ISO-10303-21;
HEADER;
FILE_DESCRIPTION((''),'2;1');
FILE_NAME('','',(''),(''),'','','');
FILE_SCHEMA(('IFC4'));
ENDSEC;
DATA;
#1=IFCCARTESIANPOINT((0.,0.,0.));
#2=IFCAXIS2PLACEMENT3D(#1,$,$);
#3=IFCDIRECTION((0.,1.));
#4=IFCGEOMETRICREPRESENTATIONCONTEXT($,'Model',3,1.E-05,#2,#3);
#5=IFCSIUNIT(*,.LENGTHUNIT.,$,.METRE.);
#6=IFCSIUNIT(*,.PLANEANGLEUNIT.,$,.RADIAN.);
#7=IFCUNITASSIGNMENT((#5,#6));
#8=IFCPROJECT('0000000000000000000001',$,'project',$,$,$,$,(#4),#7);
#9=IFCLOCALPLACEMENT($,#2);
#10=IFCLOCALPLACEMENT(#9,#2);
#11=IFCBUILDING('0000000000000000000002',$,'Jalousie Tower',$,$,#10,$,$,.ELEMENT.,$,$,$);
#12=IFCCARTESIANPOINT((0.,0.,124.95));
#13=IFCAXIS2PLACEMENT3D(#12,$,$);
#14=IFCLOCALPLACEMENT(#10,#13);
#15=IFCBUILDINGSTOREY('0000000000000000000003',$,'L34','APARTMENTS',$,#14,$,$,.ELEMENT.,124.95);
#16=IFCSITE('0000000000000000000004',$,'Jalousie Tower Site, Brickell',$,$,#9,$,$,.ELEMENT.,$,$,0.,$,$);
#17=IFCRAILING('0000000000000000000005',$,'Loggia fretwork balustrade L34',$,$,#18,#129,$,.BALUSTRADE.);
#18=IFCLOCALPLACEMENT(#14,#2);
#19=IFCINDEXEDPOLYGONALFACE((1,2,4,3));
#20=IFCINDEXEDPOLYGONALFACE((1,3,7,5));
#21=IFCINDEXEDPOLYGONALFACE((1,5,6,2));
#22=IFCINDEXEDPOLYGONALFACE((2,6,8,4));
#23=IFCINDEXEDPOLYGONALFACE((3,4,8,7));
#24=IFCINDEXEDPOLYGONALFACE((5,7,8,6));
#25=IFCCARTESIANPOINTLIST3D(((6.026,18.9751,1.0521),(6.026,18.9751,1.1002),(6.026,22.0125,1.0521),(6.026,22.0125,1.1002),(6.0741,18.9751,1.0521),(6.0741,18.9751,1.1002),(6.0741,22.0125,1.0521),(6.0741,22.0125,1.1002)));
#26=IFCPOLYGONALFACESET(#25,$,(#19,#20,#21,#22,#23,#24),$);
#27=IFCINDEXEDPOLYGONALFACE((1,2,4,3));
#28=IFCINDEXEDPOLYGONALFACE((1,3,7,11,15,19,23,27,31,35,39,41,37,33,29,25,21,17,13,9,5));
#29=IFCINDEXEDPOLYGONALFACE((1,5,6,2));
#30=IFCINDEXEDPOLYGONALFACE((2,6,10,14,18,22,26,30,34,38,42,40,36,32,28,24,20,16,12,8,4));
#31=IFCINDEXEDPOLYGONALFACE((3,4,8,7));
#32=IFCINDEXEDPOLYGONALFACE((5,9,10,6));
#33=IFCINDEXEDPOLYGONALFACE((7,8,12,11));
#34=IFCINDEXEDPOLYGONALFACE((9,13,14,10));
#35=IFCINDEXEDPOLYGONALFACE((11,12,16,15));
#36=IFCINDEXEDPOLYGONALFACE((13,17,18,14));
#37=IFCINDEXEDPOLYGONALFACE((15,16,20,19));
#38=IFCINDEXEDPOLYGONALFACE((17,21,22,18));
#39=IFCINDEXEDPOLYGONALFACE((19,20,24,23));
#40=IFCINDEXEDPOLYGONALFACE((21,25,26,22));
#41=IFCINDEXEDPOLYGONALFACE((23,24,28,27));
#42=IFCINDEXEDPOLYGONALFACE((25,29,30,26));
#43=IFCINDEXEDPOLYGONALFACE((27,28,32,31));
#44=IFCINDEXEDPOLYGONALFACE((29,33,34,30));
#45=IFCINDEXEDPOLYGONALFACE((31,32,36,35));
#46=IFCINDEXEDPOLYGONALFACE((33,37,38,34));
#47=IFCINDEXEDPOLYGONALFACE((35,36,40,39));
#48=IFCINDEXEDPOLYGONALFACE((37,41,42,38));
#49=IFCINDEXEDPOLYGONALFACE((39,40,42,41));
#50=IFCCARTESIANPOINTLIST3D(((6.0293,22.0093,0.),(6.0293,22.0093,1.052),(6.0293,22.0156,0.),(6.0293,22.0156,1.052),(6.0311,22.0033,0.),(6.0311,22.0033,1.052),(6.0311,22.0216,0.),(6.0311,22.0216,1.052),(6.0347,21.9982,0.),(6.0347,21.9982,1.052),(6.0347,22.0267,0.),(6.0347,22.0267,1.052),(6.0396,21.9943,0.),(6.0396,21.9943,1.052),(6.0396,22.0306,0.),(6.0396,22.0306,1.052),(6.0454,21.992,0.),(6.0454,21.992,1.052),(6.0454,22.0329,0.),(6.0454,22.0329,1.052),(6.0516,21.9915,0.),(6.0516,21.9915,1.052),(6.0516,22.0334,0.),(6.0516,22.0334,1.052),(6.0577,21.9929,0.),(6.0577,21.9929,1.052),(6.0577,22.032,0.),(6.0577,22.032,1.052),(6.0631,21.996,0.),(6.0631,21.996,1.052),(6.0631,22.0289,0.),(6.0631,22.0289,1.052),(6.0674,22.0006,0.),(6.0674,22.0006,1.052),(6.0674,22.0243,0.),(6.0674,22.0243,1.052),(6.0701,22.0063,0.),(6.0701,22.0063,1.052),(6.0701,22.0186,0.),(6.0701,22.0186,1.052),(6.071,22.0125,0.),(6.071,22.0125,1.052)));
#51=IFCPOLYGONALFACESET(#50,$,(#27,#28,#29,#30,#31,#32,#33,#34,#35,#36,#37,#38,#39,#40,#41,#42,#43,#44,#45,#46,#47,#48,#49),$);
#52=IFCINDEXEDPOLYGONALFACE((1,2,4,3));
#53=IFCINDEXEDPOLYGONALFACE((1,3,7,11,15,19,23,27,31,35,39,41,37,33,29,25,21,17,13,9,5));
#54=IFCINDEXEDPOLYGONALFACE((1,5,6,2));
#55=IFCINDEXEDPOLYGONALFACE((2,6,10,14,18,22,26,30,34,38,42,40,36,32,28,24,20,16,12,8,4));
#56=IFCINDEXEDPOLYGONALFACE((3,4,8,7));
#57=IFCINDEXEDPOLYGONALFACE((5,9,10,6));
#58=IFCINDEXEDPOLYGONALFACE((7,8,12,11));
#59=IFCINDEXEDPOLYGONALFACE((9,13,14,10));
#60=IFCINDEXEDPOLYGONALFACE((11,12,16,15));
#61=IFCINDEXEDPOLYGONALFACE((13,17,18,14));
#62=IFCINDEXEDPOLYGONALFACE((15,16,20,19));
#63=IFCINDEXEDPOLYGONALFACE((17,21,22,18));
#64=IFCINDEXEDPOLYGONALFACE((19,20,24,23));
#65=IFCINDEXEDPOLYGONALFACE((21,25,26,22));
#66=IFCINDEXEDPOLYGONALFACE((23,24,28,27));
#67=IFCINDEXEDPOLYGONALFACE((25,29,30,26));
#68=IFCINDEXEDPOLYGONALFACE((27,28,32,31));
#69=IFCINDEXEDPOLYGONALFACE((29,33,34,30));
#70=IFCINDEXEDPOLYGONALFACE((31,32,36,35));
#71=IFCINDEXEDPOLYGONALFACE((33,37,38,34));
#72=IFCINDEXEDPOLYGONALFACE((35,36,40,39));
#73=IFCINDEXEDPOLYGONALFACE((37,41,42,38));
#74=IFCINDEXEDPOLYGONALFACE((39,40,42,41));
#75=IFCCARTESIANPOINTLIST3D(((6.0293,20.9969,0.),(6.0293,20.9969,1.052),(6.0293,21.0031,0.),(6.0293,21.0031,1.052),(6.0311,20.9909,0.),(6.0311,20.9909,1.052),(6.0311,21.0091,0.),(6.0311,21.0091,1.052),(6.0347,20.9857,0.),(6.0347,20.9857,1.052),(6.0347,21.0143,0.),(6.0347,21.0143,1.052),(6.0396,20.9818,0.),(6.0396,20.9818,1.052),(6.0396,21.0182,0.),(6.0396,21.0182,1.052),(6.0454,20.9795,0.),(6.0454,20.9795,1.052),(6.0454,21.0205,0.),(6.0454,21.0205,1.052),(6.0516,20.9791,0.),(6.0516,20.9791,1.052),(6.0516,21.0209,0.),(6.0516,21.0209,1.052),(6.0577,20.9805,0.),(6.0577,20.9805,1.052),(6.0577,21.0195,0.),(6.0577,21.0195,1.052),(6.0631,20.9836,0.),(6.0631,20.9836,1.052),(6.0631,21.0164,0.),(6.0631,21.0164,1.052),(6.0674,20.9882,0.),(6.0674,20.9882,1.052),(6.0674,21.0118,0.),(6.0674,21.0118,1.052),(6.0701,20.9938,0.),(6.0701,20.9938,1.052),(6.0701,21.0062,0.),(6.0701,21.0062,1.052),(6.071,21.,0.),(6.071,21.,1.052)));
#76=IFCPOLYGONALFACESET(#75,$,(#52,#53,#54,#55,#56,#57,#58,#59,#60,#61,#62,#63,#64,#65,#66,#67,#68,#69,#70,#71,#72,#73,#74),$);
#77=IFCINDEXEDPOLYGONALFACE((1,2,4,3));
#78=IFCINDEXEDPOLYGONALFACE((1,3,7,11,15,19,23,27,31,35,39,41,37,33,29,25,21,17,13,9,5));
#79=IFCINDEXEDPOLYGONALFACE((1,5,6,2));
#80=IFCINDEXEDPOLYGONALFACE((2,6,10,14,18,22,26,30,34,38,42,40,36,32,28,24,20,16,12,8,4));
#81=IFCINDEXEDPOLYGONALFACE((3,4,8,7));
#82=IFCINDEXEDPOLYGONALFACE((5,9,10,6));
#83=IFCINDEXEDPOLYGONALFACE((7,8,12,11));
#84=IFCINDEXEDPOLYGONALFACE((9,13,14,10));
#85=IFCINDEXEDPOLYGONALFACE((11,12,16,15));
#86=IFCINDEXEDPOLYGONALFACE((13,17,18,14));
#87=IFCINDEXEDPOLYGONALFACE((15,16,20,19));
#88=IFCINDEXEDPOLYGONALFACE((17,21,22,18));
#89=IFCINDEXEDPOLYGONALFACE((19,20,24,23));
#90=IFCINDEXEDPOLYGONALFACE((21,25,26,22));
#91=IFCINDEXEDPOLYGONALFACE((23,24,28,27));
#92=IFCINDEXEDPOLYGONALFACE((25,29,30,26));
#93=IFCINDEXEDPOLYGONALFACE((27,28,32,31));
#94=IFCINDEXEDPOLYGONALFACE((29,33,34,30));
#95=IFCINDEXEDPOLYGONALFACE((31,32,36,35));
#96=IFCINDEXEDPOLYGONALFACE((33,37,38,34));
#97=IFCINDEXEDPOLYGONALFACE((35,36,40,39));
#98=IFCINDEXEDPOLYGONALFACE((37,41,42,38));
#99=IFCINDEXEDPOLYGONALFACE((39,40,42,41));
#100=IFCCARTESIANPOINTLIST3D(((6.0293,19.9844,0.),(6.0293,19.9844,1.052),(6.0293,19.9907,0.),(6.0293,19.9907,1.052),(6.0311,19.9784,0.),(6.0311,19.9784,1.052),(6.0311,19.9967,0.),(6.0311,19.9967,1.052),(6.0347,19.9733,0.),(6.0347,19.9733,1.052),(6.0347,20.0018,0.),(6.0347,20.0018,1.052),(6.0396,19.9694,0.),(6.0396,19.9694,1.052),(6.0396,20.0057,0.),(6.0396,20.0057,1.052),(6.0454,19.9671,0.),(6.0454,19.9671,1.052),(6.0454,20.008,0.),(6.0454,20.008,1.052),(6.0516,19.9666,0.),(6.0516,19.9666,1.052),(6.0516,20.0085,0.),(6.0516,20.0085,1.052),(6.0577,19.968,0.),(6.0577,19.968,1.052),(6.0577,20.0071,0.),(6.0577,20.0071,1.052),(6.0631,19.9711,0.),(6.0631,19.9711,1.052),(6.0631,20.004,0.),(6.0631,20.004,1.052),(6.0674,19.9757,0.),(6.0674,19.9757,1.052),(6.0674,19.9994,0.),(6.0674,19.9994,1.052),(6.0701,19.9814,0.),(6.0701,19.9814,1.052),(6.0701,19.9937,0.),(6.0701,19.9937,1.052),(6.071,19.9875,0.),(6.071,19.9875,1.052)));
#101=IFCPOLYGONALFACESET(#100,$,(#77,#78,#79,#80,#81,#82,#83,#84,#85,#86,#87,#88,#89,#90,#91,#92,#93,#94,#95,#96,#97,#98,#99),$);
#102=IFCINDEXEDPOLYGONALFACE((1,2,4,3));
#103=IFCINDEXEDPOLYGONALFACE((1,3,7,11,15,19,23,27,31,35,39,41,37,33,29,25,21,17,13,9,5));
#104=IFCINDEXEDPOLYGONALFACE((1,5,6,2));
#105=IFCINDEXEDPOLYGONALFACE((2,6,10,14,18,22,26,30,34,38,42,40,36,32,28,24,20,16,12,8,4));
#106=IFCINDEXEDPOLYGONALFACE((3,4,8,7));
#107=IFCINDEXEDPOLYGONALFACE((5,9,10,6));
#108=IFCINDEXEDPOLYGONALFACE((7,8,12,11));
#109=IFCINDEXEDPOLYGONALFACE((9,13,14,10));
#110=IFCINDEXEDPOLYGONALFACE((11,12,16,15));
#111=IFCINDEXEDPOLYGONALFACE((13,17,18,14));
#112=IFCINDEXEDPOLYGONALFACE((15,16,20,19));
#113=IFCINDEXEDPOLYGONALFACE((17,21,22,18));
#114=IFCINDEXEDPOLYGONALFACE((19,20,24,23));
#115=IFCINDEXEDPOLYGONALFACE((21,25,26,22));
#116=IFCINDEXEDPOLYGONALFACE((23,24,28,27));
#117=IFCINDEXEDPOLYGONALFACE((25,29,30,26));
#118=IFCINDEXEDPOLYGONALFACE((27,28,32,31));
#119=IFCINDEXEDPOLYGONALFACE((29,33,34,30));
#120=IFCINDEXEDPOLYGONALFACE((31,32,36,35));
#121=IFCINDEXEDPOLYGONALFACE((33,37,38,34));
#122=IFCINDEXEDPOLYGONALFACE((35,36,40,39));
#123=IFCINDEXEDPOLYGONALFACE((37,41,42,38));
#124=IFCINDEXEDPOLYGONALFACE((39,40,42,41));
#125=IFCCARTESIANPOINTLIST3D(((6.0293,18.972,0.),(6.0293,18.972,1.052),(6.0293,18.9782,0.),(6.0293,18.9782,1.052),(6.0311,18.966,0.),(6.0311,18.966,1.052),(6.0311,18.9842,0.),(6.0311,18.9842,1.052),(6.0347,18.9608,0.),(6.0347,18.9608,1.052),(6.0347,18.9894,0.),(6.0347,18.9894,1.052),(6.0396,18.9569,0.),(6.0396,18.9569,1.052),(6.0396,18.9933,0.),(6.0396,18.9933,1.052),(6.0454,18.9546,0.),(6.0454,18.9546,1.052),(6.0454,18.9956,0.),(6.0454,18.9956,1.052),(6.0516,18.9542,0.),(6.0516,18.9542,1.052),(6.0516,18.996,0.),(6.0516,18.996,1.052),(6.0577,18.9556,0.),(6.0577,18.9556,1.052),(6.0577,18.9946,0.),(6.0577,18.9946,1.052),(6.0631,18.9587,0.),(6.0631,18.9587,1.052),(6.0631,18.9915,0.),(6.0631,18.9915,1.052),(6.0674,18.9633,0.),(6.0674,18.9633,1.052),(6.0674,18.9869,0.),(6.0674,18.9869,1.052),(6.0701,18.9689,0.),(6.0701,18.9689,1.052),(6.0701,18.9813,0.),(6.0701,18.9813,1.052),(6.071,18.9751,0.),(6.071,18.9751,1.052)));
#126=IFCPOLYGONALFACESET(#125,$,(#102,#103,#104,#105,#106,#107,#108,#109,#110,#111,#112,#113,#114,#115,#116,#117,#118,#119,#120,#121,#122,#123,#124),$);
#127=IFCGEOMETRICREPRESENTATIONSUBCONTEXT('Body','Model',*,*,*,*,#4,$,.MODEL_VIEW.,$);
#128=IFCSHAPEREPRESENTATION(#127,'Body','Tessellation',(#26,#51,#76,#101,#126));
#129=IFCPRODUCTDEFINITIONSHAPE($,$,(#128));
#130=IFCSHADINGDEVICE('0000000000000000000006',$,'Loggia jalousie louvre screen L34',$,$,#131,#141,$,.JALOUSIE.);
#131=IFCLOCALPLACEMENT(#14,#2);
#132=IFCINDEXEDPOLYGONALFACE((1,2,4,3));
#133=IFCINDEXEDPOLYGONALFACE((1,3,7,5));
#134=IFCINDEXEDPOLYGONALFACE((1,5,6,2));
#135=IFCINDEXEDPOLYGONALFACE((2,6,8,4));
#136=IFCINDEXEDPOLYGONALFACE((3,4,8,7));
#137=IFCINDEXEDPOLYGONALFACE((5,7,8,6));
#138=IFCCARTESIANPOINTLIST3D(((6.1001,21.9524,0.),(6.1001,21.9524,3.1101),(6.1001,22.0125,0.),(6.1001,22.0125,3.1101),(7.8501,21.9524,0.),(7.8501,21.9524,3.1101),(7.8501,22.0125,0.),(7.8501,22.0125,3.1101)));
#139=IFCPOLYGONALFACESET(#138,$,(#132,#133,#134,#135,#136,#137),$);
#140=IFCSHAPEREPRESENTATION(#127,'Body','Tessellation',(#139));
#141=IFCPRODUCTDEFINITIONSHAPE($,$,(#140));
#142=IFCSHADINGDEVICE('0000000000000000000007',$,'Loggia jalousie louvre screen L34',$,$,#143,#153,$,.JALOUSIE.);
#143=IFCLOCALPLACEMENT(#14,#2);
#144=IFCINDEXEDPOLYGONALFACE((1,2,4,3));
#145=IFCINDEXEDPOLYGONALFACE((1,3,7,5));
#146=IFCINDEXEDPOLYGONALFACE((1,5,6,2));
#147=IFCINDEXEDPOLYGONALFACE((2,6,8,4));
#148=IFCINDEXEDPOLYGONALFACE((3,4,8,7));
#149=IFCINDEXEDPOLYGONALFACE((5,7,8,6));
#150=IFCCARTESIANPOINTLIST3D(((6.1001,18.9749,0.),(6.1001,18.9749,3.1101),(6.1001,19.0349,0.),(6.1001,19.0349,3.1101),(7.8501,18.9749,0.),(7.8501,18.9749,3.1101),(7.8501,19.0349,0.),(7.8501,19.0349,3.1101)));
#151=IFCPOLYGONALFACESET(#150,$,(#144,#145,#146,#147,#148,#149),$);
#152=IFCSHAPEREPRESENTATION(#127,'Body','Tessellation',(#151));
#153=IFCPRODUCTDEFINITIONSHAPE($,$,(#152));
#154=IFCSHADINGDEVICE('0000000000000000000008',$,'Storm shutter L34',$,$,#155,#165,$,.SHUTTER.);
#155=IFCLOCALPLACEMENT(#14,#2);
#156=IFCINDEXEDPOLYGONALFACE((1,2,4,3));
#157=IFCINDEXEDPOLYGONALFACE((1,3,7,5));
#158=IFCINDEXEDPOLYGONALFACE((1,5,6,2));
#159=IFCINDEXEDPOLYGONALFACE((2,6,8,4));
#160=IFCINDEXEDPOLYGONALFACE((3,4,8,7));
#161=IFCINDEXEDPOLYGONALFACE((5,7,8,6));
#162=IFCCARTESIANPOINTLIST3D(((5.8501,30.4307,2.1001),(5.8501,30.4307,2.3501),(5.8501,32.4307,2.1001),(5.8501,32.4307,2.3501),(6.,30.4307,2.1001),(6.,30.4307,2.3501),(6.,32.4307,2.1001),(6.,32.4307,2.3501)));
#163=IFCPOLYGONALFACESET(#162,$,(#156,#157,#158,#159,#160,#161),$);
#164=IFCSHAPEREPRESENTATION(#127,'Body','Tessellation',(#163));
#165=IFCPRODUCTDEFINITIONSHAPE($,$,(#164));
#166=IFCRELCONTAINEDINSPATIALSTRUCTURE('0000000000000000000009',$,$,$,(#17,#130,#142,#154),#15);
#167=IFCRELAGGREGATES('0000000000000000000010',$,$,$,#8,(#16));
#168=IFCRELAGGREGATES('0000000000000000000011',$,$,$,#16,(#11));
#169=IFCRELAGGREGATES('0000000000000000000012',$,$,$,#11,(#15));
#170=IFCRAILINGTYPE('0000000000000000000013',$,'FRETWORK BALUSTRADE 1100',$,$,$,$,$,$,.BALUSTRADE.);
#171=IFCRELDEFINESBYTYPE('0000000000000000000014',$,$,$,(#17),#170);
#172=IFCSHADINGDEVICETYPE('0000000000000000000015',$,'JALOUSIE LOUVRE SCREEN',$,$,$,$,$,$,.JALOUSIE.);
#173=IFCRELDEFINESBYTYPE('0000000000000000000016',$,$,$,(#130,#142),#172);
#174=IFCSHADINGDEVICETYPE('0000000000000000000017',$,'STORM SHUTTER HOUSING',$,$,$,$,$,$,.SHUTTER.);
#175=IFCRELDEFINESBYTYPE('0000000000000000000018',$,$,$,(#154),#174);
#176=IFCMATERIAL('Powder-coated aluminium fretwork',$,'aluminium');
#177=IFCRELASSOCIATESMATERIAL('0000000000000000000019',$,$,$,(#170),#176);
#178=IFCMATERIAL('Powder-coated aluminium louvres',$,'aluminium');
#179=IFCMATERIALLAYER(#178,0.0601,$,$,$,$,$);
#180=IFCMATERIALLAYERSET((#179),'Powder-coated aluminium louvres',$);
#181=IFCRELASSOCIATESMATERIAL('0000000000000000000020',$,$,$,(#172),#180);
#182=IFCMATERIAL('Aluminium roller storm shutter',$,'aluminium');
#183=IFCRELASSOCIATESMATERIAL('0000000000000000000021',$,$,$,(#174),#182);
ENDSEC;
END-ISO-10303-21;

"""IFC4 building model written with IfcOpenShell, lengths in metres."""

from ifc_helpers import new_model, si_unit, direction, frame, origin, origin_2d, place, context, subcontext, project, spatial, rectangle, circle, extrude, material, layer, layer_set, type_object, element, save


model = new_model("IFC4")

# Units and contexts
model_context = context("Model", 3, precision=1e-05, world=origin(), true_north=direction((0.0, 1.0)))
body_context = subcontext(model_context, "Body", "Model", "MODEL_VIEW")
ifc_project = project(units=[si_unit("LENGTHUNIT", "METRE"), si_unit("PLANEANGLEUNIT", "RADIAN")], contexts=[model_context])

# Site, building, storey
site_placement = place(None, origin())
site = spatial("IfcSite", under=ifc_project, at=site_placement, Name="Jalousie Tower Site, Brickell", CompositionType="ELEMENT", RefElevation=0.0)
building_placement = place(site_placement, origin())
building = spatial("IfcBuilding", under=site, at=building_placement, Name="Jalousie Tower", CompositionType="ELEMENT")
storey_placement = place(building_placement, frame((0.0, 0.0, 124.95)))
storey = spatial("IfcBuildingStorey", under=building, at=storey_placement, Name="L34", Description="APARTMENTS", CompositionType="ELEMENT", Elevation=124.95)

# Railing
ifc_material_1 = material(Name="Powder-coated aluminium fretwork", Category="aluminium")
railing_type = type_object("IfcRailingType", Name="FRETWORK BALUSTRADE 1100", PredefinedType="BALUSTRADE", material=ifc_material_1)
railing_placement = place(storey_placement, frame((6.05, 22.0125, 0.0)))
element("IfcRailing", 1, at=railing_placement, inside=storey, type_object=railing_type, Name="Loggia fretwork balustrade L34", PredefinedType="BALUSTRADE", context=body_context, shape_type="SweptSolid", body=[
    extrude(rectangle(XDim=0.0481, YDim=0.0481, at=origin_2d()), frame((0.0, 0.0, 1.0762), z_axis=(0.0, -1.0, 0.0), x_axis=(1.0, 0.0, 0.0)), (0.0, 0.0, 1.0), 3.0374),
    extrude(circle(Radius=0.021, at=origin_2d()), origin(), (0.0, 0.0, 1.0), 1.052),
    extrude(circle(Radius=0.021, at=origin_2d()), frame((0.0, -1.0125, 0.0)), (0.0, 0.0, 1.0), 1.052),
    extrude(circle(Radius=0.021, at=origin_2d()), frame((0.0, -2.0249, 0.0)), (0.0, 0.0, 1.0), 1.052),
    extrude(circle(Radius=0.021, at=origin_2d()), frame((0.0, -3.0374, 0.0)), (0.0, 0.0, 1.0), 1.052),
])

# Shading devices
ifc_material_2 = material(Name="Powder-coated aluminium louvres", Category="aluminium")
ifc_layer_1 = layer(ifc_material_2, 0.0601)
ifc_layer_set_1 = layer_set([ifc_layer_1], Name="Powder-coated aluminium louvres")
shading_device_type_1 = type_object("IfcShadingDeviceType", Name="JALOUSIE LOUVRE SCREEN", PredefinedType="JALOUSIE", material=ifc_layer_set_1)
for number, where, z_axis, x_axis, name in (
    (2, (6.9751, 21.9824, 0.0), (0.0, 0.0, 1.0), (0.0, -1.0, 0.0), "Loggia jalousie louvre screen L34"),
    (3, (6.9751, 19.0049, 0.0), (0.0, 0.0, 1.0), (0.0, -1.0, 0.0), "Loggia jalousie louvre screen L34"),
):
    element("IfcShadingDevice", number, at=place(storey_placement, frame(where, z_axis=z_axis, x_axis=x_axis)), inside=storey, type_object=shading_device_type_1, Name=name, PredefinedType="JALOUSIE", context=body_context, shape_type="SweptSolid", body=[
        extrude(rectangle(XDim=0.0601, YDim=1.75, at=origin_2d()), origin(), (0.0, 0.0, 1.0), 3.1101),
    ])
ifc_material_3 = material(Name="Aluminium roller storm shutter", Category="aluminium")
shading_device_type_2 = type_object("IfcShadingDeviceType", Name="STORM SHUTTER HOUSING", PredefinedType="SHUTTER", material=ifc_material_3)
shading_device_1_placement = place(storey_placement, frame((5.925, 31.4307, 2.1001), z_axis=(0.0, 0.0, 1.0), x_axis=(0.0, -1.0, 0.0)))
element("IfcShadingDevice", 4, at=shading_device_1_placement, inside=storey, type_object=shading_device_type_2, Name="Storm shutter L34", PredefinedType="SHUTTER", context=body_context, shape_type="SweptSolid", body=[
    extrude(rectangle(XDim=2.0, YDim=0.1499, at=origin_2d()), origin(), (0.0, 0.0, 1.0), 0.25),
])

save(model, "model.ifc")
